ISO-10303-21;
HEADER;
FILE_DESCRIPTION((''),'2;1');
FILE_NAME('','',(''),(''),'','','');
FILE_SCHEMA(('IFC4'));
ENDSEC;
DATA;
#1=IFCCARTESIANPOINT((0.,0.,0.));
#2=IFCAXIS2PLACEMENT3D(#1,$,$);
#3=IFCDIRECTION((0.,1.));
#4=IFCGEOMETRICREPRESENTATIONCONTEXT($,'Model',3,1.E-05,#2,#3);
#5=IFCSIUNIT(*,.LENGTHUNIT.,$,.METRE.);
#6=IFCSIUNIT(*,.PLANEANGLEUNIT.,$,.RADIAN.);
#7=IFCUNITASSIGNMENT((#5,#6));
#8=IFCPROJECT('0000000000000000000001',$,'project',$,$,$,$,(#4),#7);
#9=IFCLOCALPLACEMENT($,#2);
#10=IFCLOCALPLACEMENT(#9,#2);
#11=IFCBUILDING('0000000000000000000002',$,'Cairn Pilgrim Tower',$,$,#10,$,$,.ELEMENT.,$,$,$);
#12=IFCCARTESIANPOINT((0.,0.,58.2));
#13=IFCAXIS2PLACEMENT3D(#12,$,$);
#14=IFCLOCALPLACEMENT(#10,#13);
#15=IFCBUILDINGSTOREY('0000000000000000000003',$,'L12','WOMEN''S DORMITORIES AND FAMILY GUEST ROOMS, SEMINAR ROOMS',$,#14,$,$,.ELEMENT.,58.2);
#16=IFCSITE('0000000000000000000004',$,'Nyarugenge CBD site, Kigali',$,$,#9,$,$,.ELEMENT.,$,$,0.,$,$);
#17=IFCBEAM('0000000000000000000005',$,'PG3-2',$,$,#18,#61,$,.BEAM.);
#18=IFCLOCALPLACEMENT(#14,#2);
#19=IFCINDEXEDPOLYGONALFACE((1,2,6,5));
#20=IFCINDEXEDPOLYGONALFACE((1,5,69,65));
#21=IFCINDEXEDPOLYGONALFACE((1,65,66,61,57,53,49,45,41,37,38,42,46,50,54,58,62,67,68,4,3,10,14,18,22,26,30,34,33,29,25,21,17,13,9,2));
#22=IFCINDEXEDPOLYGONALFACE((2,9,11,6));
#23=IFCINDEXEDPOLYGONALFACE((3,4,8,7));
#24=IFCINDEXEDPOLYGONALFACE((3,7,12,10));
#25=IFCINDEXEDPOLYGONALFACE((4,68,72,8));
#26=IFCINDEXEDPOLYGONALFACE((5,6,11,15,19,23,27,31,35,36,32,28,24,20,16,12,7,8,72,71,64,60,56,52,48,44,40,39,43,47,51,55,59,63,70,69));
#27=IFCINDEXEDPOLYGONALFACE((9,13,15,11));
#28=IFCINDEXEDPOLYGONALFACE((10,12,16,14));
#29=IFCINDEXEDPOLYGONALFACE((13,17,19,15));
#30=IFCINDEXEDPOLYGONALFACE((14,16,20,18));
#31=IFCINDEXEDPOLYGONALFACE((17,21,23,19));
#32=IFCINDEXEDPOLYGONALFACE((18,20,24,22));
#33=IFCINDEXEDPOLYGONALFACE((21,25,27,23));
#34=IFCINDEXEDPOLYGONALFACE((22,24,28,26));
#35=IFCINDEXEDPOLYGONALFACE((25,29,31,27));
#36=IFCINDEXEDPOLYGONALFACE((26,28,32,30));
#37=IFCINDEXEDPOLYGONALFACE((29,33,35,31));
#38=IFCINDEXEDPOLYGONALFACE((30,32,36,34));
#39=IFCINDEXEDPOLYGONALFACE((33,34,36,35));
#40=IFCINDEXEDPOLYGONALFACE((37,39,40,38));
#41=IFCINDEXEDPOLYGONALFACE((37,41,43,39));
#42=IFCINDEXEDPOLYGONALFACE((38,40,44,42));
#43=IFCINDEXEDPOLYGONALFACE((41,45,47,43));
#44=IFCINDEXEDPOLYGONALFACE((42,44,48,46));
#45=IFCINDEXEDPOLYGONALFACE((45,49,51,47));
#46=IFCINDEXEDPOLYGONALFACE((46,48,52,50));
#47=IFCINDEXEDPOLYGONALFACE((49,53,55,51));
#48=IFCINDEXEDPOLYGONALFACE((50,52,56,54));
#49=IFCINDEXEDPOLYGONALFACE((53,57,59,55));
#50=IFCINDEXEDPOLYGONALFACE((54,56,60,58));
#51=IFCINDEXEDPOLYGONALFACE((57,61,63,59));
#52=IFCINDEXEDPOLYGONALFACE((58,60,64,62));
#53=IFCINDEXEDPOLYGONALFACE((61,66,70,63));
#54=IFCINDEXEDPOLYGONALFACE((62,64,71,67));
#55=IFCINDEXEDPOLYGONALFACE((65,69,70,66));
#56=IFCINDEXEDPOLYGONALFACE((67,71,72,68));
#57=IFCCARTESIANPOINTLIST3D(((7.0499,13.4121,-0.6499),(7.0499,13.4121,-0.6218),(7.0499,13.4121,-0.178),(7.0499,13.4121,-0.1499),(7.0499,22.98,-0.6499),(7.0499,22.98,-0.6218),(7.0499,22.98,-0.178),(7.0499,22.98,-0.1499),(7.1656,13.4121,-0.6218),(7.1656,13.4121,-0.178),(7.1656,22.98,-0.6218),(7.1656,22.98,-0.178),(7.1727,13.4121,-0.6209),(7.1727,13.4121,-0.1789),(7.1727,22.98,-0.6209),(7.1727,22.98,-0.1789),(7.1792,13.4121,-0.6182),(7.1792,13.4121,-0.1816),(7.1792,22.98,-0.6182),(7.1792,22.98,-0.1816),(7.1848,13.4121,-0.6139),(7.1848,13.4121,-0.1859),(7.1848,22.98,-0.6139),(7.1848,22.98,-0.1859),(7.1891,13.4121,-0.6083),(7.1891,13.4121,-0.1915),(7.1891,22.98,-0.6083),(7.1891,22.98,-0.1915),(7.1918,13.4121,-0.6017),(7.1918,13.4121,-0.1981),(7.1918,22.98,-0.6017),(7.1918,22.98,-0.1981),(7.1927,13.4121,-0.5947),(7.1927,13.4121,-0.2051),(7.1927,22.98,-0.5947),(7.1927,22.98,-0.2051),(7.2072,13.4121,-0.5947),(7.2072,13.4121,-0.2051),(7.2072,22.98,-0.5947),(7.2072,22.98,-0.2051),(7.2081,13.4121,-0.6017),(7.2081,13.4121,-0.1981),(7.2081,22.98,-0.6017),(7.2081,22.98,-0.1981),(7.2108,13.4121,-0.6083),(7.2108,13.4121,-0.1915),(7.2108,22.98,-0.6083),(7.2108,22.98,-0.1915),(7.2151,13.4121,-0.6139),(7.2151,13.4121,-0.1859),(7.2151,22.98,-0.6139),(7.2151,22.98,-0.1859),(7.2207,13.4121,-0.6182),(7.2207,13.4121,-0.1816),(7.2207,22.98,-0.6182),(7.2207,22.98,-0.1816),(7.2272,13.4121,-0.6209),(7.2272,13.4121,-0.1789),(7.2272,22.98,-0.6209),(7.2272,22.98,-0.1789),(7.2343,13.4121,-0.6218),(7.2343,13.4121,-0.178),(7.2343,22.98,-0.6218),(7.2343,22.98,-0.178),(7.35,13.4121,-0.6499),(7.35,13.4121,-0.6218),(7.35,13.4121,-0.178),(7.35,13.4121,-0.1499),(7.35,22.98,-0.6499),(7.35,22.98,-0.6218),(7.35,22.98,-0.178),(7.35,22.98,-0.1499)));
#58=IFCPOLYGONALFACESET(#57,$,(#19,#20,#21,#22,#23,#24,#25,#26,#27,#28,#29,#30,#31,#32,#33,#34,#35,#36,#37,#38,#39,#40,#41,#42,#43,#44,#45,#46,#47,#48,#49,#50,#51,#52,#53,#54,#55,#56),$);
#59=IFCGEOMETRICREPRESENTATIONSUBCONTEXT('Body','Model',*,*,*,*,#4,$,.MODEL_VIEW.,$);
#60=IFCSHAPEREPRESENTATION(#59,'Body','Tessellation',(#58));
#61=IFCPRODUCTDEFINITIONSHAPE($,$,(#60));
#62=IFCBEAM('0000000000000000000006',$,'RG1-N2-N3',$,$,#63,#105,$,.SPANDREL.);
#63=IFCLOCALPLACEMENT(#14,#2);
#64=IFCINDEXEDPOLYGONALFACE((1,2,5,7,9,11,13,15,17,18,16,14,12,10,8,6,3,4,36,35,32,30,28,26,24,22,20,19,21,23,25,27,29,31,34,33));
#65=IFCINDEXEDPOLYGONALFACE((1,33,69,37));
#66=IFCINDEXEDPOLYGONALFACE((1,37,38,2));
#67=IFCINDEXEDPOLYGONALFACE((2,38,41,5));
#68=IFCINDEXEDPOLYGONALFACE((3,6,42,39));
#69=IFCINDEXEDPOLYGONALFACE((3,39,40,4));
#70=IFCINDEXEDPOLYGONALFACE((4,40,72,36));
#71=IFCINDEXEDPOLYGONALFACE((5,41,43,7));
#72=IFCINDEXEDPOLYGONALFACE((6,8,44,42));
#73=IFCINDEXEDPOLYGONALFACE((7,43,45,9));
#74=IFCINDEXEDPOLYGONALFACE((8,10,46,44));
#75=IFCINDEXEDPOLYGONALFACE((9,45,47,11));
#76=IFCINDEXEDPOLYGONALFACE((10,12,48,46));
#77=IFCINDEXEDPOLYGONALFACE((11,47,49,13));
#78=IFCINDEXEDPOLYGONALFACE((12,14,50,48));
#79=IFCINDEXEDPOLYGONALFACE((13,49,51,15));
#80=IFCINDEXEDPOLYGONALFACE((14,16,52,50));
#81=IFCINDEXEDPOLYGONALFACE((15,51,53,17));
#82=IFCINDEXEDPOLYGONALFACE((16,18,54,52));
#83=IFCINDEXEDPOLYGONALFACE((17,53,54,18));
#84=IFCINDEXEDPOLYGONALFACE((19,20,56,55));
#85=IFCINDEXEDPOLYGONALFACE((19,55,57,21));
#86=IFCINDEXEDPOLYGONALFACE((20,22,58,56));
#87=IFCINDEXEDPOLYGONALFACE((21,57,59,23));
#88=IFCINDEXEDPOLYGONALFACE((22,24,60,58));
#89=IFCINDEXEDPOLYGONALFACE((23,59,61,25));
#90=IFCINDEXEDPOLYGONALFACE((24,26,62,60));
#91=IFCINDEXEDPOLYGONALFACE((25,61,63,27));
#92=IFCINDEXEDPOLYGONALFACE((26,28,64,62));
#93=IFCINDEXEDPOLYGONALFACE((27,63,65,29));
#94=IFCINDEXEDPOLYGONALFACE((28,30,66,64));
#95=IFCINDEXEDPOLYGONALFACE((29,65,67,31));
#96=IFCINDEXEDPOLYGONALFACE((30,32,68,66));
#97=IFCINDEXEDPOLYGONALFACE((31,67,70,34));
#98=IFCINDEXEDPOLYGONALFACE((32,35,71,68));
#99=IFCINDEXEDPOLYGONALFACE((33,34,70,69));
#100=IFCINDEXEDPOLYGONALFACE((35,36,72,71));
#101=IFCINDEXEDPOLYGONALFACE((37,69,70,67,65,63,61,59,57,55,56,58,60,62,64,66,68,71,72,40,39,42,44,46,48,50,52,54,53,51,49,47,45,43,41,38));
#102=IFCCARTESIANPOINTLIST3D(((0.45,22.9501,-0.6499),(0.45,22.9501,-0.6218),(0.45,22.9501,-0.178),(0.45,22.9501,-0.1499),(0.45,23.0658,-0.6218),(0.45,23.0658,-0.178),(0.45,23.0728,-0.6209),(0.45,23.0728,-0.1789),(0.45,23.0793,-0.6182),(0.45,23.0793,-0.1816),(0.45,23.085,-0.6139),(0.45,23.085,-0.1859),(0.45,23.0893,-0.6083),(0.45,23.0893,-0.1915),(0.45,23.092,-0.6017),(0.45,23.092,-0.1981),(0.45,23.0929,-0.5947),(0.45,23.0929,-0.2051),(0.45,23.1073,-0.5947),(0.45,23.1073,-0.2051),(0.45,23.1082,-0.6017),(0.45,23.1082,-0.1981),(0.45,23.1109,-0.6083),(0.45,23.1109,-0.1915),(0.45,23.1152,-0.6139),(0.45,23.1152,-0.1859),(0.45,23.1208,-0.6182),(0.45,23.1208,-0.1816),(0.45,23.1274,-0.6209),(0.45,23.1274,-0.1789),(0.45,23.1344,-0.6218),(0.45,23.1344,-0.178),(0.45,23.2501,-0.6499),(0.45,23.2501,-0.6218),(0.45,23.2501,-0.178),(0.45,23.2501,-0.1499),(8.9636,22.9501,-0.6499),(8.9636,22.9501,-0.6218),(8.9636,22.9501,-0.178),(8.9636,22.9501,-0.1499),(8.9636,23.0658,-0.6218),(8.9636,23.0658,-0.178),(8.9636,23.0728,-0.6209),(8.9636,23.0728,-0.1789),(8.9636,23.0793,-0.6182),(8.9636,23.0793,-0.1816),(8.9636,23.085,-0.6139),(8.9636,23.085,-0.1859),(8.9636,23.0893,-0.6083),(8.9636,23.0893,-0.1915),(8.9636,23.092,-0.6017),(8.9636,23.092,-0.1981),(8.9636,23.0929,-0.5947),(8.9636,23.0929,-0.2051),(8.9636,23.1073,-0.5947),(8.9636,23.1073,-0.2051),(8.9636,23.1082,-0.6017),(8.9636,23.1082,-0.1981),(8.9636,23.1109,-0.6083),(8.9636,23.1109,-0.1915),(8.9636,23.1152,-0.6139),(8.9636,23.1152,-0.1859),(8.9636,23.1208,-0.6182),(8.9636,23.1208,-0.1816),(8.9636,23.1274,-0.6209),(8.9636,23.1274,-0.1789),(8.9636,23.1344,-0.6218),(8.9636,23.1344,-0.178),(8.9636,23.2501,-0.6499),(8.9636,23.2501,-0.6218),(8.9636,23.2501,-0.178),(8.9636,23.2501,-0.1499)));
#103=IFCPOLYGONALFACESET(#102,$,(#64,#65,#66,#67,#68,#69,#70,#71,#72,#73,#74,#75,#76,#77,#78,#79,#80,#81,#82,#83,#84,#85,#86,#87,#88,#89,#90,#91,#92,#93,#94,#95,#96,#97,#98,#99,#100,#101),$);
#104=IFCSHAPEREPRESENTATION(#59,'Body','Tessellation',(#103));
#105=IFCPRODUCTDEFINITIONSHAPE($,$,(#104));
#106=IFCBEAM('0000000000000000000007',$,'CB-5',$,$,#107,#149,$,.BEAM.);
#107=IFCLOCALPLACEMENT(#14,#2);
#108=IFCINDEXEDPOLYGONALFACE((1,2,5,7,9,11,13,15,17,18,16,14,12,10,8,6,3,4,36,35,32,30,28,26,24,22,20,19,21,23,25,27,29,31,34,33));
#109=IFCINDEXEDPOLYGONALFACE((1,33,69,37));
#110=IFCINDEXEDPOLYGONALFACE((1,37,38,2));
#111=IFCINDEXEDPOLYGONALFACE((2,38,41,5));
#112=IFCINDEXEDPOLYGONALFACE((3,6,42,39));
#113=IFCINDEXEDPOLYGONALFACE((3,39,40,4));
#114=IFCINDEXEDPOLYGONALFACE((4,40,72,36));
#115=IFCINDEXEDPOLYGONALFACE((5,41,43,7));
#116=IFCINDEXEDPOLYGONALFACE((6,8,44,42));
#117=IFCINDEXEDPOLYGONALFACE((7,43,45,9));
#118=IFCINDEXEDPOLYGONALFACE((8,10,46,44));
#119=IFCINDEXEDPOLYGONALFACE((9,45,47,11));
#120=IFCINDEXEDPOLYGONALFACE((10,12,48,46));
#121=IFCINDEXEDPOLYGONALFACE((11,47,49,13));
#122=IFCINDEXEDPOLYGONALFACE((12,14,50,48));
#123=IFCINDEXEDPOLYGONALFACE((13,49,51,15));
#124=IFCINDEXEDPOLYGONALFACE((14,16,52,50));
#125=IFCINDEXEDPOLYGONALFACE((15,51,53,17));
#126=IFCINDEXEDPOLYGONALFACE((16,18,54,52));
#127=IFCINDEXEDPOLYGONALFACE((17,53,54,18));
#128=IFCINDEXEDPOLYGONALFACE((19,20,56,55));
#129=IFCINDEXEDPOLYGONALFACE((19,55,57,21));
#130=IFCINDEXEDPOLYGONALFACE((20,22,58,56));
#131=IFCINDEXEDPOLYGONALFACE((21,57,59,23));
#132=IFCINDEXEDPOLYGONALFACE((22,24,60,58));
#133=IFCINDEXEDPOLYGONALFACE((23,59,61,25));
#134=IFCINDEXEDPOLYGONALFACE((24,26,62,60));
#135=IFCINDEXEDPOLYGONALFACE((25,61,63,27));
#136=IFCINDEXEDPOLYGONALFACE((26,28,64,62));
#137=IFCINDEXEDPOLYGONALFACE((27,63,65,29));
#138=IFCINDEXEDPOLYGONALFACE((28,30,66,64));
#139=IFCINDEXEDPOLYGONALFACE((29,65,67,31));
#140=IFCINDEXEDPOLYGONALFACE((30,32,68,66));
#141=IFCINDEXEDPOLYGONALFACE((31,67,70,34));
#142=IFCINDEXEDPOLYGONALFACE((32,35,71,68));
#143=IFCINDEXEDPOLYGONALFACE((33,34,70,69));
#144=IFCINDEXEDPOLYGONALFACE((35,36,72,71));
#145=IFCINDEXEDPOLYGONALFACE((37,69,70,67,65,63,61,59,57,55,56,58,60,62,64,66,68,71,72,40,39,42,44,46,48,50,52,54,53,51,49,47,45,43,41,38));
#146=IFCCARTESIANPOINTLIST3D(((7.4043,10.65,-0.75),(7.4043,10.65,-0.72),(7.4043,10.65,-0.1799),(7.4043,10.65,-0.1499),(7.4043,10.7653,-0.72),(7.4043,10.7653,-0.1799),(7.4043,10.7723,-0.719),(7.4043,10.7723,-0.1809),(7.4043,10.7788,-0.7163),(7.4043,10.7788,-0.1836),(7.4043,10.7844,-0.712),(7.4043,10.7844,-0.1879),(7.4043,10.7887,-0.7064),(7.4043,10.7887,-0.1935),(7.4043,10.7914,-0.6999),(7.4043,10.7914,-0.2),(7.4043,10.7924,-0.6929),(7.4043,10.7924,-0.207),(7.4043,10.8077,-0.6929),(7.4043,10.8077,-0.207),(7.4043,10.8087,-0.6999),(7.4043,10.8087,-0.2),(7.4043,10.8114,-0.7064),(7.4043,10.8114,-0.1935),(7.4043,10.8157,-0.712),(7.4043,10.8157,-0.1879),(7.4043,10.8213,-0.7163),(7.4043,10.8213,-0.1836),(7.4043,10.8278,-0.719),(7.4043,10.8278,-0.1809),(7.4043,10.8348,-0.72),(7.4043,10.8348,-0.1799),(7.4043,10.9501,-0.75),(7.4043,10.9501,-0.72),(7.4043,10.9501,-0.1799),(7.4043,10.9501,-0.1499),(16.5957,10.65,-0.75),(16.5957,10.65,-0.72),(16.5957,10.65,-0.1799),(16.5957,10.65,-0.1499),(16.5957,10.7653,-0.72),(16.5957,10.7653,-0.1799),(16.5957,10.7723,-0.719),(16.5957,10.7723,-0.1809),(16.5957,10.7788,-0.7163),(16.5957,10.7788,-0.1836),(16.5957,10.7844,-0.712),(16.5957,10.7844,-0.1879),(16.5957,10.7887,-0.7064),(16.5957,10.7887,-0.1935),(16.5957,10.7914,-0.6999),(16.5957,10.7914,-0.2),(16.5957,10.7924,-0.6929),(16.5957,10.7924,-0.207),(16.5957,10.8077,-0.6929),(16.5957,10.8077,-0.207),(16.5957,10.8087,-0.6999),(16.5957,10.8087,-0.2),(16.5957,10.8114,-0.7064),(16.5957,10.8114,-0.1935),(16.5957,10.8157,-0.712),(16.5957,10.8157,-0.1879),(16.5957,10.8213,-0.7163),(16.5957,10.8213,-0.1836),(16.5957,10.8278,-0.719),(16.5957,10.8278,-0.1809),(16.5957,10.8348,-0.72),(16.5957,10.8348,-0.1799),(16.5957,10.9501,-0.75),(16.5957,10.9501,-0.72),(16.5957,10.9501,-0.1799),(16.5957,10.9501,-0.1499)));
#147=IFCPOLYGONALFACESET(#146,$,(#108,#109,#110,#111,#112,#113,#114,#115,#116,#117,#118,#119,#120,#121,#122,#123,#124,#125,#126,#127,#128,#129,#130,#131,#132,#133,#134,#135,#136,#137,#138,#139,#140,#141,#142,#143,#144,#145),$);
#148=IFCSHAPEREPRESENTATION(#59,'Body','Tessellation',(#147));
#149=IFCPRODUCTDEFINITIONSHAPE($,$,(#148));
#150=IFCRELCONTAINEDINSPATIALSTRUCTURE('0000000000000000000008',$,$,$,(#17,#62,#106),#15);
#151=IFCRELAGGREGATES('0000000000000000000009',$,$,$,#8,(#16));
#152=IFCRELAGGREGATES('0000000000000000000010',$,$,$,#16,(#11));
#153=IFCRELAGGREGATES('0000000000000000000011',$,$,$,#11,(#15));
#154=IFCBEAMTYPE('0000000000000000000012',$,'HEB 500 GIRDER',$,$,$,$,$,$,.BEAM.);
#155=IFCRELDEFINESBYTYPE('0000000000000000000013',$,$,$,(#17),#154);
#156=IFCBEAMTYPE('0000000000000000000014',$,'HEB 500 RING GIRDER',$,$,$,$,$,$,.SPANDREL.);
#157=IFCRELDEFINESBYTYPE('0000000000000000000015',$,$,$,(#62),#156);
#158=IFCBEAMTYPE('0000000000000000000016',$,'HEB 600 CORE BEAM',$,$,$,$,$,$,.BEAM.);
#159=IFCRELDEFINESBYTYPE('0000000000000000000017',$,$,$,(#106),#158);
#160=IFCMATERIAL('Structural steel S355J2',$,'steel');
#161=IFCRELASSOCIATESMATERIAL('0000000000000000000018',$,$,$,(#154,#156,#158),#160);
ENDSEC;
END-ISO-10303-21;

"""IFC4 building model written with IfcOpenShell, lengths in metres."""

from ifc_helpers import new_model, si_unit, direction, frame, origin, origin_2d, place, context, subcontext, project, spatial, i_section, extrude, material, material_profile, profile_set, type_object, element, save


model = new_model("IFC4")

# Units and contexts
model_context = context("Model", 3, precision=1e-05, world=origin(), true_north=direction((0.0, 1.0)))
body_context = subcontext(model_context, "Body", "Model", "MODEL_VIEW")
ifc_project = project(units=[si_unit("LENGTHUNIT", "METRE"), si_unit("PLANEANGLEUNIT", "RADIAN")], contexts=[model_context])

# Site, building, storey
site_placement = place(None, origin())
site = spatial("IfcSite", under=ifc_project, at=site_placement, Name="Nyarugenge CBD site, Kigali", CompositionType="ELEMENT", RefElevation=0.0)
building_placement = place(site_placement, origin())
building = spatial("IfcBuilding", under=site, at=building_placement, Name="Cairn Pilgrim Tower", CompositionType="ELEMENT")
storey_placement = place(building_placement, frame((0.0, 0.0, 58.2)))
storey = spatial("IfcBuildingStorey", under=building, at=storey_placement, Name="L12", Description="WOMEN'S DORMITORIES AND FAMILY GUEST ROOMS, SEMINAR ROOMS", CompositionType="ELEMENT", Elevation=58.2)

# Beams
ifc_material_1 = material(Name="Structural steel S355J2", Category="steel")
ifc_material_profile_1 = material_profile(ifc_material_1, i_section(OverallWidth=0.3, OverallDepth=0.5, WebThickness=0.0144, FlangeThickness=0.0281, FilletRadius=0.0271, at=origin_2d()), Name="HEB 500")
ifc_profile_set_1 = profile_set([ifc_material_profile_1], Name="Structural steel S355J2")
beam_type_1 = type_object("IfcBeamType", Name="HEB 500 GIRDER", PredefinedType="BEAM", material=ifc_profile_set_1)
beam_1_placement = place(storey_placement, frame((7.2, 13.4121, -0.3999), z_axis=(0.0, 1.0, 0.0), x_axis=(-1.0, 0.0, 0.0)))
element("IfcBeam", 1, at=beam_1_placement, inside=storey, type_object=beam_type_1, Name="PG3-2", PredefinedType="BEAM", context=body_context, shape_type="SweptSolid", body=[
    extrude(i_section(OverallWidth=0.3, OverallDepth=0.5, WebThickness=0.0144, FlangeThickness=0.0281, FilletRadius=0.0271, at=origin_2d()), origin(), (0.0, 0.0, 1.0), 9.5679),
])
ifc_material_profile_2 = material_profile(ifc_material_1, i_section(OverallWidth=0.3, OverallDepth=0.5, WebThickness=0.0144, FlangeThickness=0.0281, FilletRadius=0.0271, at=origin_2d()), Name="HEB 500")
ifc_profile_set_2 = profile_set([ifc_material_profile_2], Name="Structural steel S355J2")
beam_type_2 = type_object("IfcBeamType", Name="HEB 500 RING GIRDER", PredefinedType="SPANDREL", material=ifc_profile_set_2)
beam_2_placement = place(storey_placement, frame((8.9636, 23.1001, -0.3999), z_axis=(-1.0, 0.0, 0.0), x_axis=(0.0, -1.0, 0.0)))
element("IfcBeam", 2, at=beam_2_placement, inside=storey, type_object=beam_type_2, Name="RG1-N2-N3", PredefinedType="SPANDREL", context=body_context, shape_type="SweptSolid", body=[
    extrude(i_section(OverallWidth=0.3, OverallDepth=0.5, WebThickness=0.0144, FlangeThickness=0.0281, FilletRadius=0.0271, at=origin_2d()), origin(), (0.0, 0.0, 1.0), 8.5137),
])
ifc_material_profile_3 = material_profile(ifc_material_1, i_section(OverallWidth=0.3, OverallDepth=0.6001, WebThickness=0.0154, FlangeThickness=0.03, FilletRadius=0.0271, at=origin_2d()), Name="HEB 600")
ifc_profile_set_3 = profile_set([ifc_material_profile_3], Name="Structural steel S355J2")
beam_type_3 = type_object("IfcBeamType", Name="HEB 600 CORE BEAM", PredefinedType="BEAM", material=ifc_profile_set_3)
beam_3_placement = place(storey_placement, frame((16.5957, 10.8, -0.45), z_axis=(-1.0, 0.0, 0.0), x_axis=(0.0, -1.0, 0.0)))
element("IfcBeam", 3, at=beam_3_placement, inside=storey, type_object=beam_type_3, Name="CB-5", PredefinedType="BEAM", context=body_context, shape_type="SweptSolid", body=[
    extrude(i_section(OverallWidth=0.3, OverallDepth=0.6001, WebThickness=0.0154, FlangeThickness=0.03, FilletRadius=0.0271, at=origin_2d()), origin(), (0.0, 0.0, 1.0), 9.1914),
])

save(model, "model.ifc")
